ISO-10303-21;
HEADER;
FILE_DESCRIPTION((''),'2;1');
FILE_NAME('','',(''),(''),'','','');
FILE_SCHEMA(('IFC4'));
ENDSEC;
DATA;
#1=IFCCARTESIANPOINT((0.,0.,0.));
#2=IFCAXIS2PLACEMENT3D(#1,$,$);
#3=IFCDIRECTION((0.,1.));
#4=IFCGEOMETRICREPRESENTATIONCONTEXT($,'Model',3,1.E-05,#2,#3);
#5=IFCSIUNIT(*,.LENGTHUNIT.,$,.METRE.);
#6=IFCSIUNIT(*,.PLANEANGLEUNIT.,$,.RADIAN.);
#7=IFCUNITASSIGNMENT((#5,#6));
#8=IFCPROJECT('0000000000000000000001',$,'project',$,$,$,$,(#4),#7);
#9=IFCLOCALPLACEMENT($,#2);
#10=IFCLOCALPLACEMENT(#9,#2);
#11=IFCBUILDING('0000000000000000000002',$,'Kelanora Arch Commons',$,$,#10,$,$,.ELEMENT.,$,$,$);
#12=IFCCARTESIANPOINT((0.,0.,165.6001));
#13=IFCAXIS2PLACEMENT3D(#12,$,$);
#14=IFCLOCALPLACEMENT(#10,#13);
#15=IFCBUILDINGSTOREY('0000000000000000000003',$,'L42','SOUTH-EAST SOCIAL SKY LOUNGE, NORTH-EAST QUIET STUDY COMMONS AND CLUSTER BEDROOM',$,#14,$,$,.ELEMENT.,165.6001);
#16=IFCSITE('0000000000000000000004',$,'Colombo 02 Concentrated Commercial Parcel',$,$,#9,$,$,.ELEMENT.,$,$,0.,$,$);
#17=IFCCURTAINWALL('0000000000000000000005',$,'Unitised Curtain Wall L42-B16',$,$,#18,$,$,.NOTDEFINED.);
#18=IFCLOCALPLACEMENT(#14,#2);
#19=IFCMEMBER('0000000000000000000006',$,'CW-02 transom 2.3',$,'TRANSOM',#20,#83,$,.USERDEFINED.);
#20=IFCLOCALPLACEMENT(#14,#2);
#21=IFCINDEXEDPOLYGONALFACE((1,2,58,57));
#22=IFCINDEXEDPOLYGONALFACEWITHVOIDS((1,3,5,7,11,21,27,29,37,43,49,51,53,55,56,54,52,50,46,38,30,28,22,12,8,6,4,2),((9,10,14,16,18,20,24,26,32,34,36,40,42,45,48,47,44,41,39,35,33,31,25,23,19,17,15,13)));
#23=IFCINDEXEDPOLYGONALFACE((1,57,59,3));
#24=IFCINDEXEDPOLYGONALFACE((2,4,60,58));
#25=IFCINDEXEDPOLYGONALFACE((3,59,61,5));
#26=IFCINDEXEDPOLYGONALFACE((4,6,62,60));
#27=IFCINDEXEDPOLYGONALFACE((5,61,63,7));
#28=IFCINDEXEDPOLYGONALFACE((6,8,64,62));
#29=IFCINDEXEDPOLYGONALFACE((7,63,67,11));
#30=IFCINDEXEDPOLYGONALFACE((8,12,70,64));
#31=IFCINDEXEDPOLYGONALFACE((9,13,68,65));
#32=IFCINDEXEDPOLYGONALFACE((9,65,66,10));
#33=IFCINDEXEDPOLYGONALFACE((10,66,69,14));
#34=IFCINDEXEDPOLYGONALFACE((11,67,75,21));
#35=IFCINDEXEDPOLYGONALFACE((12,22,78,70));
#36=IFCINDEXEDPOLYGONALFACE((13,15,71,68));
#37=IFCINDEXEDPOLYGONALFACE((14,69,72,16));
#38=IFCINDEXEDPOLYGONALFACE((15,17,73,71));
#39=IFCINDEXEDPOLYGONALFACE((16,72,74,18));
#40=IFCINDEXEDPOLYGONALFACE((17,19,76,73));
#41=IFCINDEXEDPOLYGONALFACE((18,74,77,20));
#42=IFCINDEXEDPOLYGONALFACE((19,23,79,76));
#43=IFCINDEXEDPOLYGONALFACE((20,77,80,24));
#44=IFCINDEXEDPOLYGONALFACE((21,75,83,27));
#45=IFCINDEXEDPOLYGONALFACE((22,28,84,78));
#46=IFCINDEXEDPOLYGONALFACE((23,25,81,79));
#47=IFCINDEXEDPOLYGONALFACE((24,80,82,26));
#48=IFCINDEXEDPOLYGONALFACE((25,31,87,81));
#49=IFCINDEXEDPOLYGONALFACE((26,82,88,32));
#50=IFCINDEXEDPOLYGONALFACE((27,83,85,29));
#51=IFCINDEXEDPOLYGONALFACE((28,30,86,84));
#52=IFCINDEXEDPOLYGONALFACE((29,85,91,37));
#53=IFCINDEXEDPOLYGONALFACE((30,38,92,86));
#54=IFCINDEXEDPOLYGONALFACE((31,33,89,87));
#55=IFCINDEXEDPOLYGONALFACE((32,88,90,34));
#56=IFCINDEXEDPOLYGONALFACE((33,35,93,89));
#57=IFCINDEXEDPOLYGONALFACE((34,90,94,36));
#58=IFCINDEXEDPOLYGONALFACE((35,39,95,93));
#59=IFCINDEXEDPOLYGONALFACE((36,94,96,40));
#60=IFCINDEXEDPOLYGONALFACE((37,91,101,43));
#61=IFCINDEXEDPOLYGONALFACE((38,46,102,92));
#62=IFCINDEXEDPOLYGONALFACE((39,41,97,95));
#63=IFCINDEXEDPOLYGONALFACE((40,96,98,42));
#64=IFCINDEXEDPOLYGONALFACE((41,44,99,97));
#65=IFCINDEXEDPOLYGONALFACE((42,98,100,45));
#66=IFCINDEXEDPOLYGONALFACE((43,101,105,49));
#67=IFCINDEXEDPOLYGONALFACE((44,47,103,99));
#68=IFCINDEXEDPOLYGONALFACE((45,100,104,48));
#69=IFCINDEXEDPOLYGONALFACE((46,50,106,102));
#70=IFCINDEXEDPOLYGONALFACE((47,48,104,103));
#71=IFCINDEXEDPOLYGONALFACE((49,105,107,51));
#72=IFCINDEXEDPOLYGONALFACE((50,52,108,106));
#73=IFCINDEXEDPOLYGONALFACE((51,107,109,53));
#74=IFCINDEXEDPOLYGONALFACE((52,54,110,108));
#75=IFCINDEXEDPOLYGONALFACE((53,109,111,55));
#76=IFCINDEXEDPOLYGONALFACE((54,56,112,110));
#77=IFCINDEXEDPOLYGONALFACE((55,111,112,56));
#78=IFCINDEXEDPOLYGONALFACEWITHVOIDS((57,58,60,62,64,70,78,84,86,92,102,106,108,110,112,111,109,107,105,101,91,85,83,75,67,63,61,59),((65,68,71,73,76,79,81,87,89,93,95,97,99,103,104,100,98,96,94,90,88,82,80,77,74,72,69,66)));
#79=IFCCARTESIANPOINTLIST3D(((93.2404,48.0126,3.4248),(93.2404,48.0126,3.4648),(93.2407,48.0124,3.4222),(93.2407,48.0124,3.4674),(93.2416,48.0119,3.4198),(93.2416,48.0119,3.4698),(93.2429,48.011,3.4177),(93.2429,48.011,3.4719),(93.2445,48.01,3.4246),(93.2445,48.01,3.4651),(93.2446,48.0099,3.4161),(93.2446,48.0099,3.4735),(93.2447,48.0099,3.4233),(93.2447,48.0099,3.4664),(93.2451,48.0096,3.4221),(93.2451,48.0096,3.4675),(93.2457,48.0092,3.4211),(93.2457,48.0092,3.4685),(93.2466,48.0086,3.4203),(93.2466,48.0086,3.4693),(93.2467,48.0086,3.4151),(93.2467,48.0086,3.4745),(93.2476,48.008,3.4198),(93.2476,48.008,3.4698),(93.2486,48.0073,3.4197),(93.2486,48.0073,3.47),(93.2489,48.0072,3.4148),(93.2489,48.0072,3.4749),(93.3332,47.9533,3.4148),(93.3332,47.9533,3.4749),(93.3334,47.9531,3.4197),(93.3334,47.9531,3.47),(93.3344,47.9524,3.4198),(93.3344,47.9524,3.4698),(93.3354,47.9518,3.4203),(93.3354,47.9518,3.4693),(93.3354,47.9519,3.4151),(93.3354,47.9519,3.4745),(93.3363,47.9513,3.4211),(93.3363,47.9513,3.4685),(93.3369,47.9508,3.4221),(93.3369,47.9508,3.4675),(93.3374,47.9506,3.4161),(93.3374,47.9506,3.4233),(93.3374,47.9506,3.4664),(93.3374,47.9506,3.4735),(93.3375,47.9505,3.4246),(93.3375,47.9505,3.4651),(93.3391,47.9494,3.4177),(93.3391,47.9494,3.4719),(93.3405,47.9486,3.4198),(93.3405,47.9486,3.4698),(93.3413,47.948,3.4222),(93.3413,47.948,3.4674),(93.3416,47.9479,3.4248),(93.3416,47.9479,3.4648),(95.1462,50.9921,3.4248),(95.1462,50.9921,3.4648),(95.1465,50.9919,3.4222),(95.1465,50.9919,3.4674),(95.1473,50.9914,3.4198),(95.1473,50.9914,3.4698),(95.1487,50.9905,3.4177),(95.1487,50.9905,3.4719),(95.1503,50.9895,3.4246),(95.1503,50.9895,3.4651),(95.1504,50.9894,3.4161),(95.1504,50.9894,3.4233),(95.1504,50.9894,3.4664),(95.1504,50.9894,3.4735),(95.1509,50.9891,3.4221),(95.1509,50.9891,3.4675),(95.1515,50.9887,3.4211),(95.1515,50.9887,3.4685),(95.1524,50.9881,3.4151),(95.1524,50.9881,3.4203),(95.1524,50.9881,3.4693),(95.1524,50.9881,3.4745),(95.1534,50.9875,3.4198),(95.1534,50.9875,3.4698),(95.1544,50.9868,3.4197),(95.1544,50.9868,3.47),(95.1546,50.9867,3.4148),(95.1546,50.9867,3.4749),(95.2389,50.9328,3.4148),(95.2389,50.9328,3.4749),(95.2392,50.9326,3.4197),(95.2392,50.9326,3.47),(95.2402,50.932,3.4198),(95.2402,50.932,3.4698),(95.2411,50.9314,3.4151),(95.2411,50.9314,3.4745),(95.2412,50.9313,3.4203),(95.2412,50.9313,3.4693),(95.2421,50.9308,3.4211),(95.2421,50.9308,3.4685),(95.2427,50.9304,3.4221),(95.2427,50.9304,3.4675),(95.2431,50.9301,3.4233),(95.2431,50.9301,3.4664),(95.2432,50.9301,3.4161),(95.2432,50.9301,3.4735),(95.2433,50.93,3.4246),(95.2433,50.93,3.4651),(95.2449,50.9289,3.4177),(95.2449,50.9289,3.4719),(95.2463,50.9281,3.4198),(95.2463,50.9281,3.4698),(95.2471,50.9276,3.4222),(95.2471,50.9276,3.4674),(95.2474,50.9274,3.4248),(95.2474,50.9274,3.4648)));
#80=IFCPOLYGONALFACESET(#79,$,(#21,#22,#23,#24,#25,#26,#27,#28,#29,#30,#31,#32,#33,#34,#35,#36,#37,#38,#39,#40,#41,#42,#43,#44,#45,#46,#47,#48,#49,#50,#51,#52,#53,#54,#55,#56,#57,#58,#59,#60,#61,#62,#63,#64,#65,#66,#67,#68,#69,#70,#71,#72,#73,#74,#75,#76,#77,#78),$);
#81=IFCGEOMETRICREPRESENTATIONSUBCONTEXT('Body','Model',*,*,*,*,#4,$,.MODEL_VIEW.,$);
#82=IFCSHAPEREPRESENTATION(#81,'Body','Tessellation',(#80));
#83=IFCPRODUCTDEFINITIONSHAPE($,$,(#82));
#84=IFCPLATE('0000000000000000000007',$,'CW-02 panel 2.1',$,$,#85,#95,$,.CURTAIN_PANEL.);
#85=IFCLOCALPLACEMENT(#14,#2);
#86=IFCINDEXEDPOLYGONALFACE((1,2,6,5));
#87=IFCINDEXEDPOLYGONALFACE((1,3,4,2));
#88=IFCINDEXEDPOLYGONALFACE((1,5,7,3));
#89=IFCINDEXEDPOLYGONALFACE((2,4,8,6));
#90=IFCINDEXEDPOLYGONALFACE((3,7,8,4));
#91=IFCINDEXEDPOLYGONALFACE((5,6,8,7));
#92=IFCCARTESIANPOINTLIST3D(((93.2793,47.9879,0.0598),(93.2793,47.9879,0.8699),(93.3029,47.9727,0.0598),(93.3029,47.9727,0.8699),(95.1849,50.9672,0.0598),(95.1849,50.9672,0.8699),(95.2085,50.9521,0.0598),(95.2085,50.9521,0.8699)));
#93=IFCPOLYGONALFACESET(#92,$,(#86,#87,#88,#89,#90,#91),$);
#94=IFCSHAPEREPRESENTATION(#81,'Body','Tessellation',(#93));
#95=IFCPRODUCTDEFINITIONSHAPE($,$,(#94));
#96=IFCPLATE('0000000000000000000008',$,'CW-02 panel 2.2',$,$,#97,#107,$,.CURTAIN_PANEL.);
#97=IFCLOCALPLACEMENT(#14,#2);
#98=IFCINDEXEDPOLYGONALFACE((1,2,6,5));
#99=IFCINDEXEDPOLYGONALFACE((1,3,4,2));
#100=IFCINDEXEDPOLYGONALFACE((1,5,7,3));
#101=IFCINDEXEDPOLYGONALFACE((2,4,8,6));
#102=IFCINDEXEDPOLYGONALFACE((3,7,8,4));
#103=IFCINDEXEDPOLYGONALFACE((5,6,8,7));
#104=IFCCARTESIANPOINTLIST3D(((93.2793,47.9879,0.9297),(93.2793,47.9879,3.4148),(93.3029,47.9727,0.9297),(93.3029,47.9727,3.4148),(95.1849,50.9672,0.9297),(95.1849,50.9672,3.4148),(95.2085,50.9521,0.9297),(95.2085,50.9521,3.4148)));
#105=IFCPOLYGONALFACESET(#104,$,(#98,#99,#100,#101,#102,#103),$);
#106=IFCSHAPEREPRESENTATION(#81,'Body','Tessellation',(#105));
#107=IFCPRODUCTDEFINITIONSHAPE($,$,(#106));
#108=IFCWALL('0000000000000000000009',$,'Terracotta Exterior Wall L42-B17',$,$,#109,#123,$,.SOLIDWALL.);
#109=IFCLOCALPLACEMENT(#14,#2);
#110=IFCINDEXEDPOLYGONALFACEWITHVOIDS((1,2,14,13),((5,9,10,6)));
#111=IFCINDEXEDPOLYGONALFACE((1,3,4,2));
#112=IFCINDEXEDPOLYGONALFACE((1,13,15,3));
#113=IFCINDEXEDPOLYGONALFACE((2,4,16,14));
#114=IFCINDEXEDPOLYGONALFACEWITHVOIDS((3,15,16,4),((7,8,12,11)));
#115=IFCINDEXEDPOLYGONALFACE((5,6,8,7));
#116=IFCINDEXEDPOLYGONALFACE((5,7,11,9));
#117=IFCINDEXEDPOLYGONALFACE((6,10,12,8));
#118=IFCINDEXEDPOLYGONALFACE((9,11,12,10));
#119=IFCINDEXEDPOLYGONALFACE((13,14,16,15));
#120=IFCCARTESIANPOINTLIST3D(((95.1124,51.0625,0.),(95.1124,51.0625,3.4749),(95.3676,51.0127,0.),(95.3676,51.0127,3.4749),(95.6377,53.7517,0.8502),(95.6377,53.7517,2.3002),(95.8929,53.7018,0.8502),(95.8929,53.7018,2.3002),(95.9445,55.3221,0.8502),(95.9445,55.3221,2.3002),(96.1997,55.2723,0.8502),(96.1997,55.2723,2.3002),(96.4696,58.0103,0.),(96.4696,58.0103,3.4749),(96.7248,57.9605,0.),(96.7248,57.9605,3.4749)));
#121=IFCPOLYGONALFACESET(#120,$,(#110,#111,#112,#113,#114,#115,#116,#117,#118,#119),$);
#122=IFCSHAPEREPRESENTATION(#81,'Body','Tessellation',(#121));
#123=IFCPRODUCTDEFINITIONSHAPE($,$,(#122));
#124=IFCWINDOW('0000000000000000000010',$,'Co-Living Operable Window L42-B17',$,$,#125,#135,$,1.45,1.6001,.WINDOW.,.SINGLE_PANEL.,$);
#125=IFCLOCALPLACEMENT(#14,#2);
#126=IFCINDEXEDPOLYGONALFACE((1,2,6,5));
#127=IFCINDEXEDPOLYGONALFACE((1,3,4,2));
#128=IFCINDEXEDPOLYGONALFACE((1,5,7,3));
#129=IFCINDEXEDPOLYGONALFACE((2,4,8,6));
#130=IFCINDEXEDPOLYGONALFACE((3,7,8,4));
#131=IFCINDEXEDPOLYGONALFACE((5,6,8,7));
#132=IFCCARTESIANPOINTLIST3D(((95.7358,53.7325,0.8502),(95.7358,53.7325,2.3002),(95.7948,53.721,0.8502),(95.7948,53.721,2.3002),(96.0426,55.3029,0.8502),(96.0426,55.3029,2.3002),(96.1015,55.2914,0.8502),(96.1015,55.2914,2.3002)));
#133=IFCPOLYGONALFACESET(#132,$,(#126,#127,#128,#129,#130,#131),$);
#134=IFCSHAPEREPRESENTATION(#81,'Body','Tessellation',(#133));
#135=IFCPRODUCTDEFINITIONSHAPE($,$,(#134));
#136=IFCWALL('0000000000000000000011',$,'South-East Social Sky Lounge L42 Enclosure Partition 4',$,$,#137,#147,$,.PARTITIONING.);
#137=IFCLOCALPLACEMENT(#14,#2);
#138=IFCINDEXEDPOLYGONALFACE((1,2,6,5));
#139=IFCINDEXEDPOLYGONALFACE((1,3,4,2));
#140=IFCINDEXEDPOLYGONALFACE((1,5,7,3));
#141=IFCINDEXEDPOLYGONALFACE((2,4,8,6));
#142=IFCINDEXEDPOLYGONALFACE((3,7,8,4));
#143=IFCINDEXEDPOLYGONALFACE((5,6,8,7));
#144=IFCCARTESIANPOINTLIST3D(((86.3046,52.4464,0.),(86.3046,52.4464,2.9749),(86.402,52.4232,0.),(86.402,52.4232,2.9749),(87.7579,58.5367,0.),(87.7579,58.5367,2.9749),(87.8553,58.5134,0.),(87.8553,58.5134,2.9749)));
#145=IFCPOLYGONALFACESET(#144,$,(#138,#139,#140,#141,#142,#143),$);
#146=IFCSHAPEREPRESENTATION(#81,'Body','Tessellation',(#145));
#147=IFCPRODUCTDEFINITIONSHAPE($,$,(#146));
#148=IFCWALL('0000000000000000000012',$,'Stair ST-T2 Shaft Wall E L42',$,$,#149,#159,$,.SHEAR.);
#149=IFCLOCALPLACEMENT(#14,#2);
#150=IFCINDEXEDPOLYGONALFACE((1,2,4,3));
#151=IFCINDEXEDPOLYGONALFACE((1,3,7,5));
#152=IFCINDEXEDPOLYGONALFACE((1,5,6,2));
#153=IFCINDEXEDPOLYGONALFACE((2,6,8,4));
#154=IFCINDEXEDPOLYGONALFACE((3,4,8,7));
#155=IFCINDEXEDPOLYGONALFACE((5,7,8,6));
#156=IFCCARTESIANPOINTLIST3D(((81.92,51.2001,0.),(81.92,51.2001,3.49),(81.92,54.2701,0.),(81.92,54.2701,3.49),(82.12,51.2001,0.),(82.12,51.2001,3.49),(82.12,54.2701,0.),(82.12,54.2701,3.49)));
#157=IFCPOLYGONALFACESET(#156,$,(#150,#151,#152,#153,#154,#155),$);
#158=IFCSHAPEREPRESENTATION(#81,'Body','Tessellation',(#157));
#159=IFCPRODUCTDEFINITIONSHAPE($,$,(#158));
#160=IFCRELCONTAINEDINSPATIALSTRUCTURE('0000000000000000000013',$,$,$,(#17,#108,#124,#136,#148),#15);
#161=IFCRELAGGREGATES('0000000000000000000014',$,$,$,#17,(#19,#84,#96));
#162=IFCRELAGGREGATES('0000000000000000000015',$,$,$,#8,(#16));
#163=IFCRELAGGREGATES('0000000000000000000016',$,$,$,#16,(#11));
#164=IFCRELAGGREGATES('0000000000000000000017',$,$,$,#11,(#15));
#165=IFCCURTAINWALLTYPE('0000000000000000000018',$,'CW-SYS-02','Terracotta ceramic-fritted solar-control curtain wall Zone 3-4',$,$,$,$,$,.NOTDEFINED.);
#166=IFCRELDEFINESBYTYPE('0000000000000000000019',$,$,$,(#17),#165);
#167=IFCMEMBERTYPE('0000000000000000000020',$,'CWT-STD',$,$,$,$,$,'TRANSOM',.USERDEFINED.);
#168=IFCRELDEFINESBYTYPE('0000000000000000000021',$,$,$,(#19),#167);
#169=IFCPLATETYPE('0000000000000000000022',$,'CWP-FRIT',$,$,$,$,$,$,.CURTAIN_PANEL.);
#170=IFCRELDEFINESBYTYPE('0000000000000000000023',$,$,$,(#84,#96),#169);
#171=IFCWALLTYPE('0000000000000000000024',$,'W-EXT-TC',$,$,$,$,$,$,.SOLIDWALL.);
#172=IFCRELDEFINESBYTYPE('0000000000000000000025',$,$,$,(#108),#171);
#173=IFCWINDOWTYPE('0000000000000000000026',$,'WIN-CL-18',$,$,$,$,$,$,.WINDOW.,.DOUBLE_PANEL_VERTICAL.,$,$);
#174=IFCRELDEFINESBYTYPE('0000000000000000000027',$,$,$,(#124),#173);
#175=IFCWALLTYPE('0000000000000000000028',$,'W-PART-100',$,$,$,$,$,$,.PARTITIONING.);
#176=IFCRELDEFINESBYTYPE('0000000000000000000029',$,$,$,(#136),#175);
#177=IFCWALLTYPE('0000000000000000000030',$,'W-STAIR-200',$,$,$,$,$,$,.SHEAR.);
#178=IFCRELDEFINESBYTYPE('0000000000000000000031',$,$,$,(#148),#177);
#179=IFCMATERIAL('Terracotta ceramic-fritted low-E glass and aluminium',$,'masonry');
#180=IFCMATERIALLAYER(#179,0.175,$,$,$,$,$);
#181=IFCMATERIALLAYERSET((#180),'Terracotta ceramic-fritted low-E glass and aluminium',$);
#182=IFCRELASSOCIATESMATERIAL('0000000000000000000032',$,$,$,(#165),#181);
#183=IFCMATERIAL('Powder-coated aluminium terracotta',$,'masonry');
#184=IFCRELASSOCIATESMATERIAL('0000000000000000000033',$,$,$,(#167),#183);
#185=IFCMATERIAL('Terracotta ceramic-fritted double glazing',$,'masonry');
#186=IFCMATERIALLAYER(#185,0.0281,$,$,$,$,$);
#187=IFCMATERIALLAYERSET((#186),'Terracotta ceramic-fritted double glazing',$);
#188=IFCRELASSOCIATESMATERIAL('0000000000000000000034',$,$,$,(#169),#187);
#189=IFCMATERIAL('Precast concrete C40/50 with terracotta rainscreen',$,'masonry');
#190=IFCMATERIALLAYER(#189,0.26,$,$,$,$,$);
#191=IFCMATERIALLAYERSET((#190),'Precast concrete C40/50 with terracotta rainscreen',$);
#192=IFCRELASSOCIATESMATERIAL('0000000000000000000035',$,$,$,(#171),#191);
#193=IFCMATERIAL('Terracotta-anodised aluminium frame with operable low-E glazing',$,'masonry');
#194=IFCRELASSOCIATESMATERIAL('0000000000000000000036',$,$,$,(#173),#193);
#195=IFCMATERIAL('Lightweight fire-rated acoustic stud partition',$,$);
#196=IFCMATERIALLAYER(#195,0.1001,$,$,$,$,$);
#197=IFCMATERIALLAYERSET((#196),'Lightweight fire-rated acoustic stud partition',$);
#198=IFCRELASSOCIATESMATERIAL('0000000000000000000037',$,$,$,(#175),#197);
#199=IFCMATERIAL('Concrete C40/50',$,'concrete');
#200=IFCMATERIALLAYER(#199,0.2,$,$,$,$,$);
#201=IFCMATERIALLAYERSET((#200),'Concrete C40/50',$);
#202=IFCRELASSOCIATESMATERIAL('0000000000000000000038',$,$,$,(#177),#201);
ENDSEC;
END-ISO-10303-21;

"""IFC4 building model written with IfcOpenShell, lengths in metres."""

from ifc_helpers import new_model, si_unit, direction, frame, frame_2d, origin, origin_2d, place, context, subcontext, project, spatial, rectangle, hollow_rectangle, extrude, source, transform, mapped, material, layer, layer_set, material_profile, profile_set, type_object, element, fill, aggregate, save


model = new_model("IFC4")

# Units and contexts
model_context = context("Model", 3, precision=1e-05, world=origin(), true_north=direction((0.0, 1.0)))
body_context = subcontext(model_context, "Body", "Model", "MODEL_VIEW")
ifc_project = project(units=[si_unit("LENGTHUNIT", "METRE"), si_unit("PLANEANGLEUNIT", "RADIAN")], contexts=[model_context])

# Site, building, storey
site_placement = place(None, origin())
site = spatial("IfcSite", under=ifc_project, at=site_placement, Name="Colombo 02 Concentrated Commercial Parcel", CompositionType="ELEMENT", RefElevation=0.0)
building_placement = place(site_placement, origin())
building = spatial("IfcBuilding", under=site, at=building_placement, Name="Kelanora Arch Commons", CompositionType="ELEMENT")
storey_placement = place(building_placement, frame((0.0, 0.0, 165.6001)))
storey = spatial("IfcBuildingStorey", under=building, at=storey_placement, Name="L42", Description="SOUTH-EAST SOCIAL SKY LOUNGE, NORTH-EAST QUIET STUDY COMMONS AND CLUSTER BEDROOM", CompositionType="ELEMENT", Elevation=165.6001)

# Curtain wall, member, plates
ifc_material_1 = material(Name="Terracotta ceramic-fritted low-E glass and aluminium", Category="masonry")
ifc_layer_1 = layer(ifc_material_1, 0.175)
ifc_layer_set_1 = layer_set([ifc_layer_1], Name="Terracotta ceramic-fritted low-E glass and aluminium")
curtain_wall_type = type_object("IfcCurtainWallType", Name="CW-SYS-02", Description="Terracotta ceramic-fritted solar-control curtain wall Zone 3-4", PredefinedType="NOTDEFINED", material=ifc_layer_set_1)
curtain_wall_placement = place(storey_placement, origin())
curtain_wall = element("IfcCurtainWall", 1, at=curtain_wall_placement, inside=storey, type_object=curtain_wall_type, Name="Unitised Curtain Wall L42-B16", PredefinedType="NOTDEFINED")
ifc_material_2 = material(Name="Powder-coated aluminium terracotta", Category="masonry")
ifc_material_profile_1 = material_profile(ifc_material_2, hollow_rectangle(XDim=0.1201, YDim=0.0601, WallThickness=0.0049, InnerFilletRadius=0.0049, OuterFilletRadius=0.01, at=origin_2d()), Name="CWT120x60")
ifc_profile_set_1 = profile_set([ifc_material_profile_1], Name="Powder-coated aluminium terracotta")
member_type_1 = type_object("IfcMemberType", Name="CWT-STD", ElementType="TRANSOM", PredefinedType="USERDEFINED", material=ifc_profile_set_1)
member_1_placement = place(storey_placement, frame((93.291, 47.9802, 3.4448), z_axis=(0.53883, 0.842414, 0.0), x_axis=(-0.842414, 0.53883, 0.0)))
member_1 = element("IfcMember", 2, at=member_1_placement, type_object=member_type_1, Name="CW-02 transom 2.3", ObjectType="TRANSOM", PredefinedType="USERDEFINED", context=body_context, shape_type="SweptSolid", body=[
    extrude(hollow_rectangle(XDim=0.1201, YDim=0.0601, WallThickness=0.0049, InnerFilletRadius=0.0049, OuterFilletRadius=0.01, at=origin_2d()), origin(), (0.0, 0.0, 1.0), 3.5369),
])
ifc_material_3 = material(Name="Terracotta ceramic-fritted double glazing", Category="masonry")
ifc_layer_2 = layer(ifc_material_3, 0.0281)
ifc_layer_set_2 = layer_set([ifc_layer_2], Name="Terracotta ceramic-fritted double glazing")
plate_type = type_object("IfcPlateType", Name="CWP-FRIT", PredefinedType="CURTAIN_PANEL", material=ifc_layer_set_2)
shared_shape_1 = source(origin(), body_context, "Body", "SweptSolid", [
    extrude(rectangle(XDim=3.5366, YDim=0.0281, at=origin_2d()), origin(), (0.0, 0.0, 1.0), 0.8101),
])
plate_1_placement = place(storey_placement, frame((94.2439, 49.47, 0.0598), z_axis=(0.0, 0.0, 1.0), x_axis=(0.538817, 0.842423, 0.0)))
plate_1 = element("IfcPlate", 3, at=plate_1_placement, type_object=plate_type, Name="CW-02 panel 2.1", PredefinedType="CURTAIN_PANEL", context=body_context, shape_type="MappedRepresentation", body=[
    mapped(shared_shape_1, transform((0.0, 0.0, 0.0), scale=1.0)),
])
shared_shape_2 = source(origin(), body_context, "Body", "SweptSolid", [
    extrude(rectangle(XDim=3.5366, YDim=0.0281, at=origin_2d()), origin(), (0.0, 0.0, 1.0), 2.4851),
])
plate_2_placement = place(storey_placement, frame((94.2439, 49.47, 0.9297), z_axis=(0.0, 0.0, 1.0), x_axis=(0.538817, 0.842423, 0.0)))
plate_2 = element("IfcPlate", 4, at=plate_2_placement, type_object=plate_type, Name="CW-02 panel 2.2", PredefinedType="CURTAIN_PANEL", context=body_context, shape_type="MappedRepresentation", body=[
    mapped(shared_shape_2, transform((0.0, 0.0, 0.0), scale=1.0)),
])
aggregate(curtain_wall, [member_1, plate_1, plate_2])

# Wall, opening, window
ifc_material_4 = material(Name="Precast concrete C40/50 with terracotta rainscreen", Category="masonry")
ifc_layer_3 = layer(ifc_material_4, 0.26)
ifc_layer_set_3 = layer_set([ifc_layer_3], Name="Precast concrete C40/50 with terracotta rainscreen")
wall_type_1 = type_object("IfcWallType", Name="W-EXT-TC", PredefinedType="SOLIDWALL", material=ifc_layer_set_3)
wall_1_placement = place(storey_placement, frame((95.24, 51.0376, 0.0), z_axis=(0.0, 0.0, 1.0), x_axis=(0.191717, 0.98145, 0.0)))
wall_1 = element("IfcWall", 5, at=wall_1_placement, inside=storey, type_object=wall_type_1, Name="Terracotta Exterior Wall L42-B17", PredefinedType="SOLIDWALL", context=body_context, shape_type="SweptSolid", body=[
    extrude(rectangle(XDim=7.0791, YDim=0.26, at=frame_2d((3.5396, 0.0))), origin(), (0.0, 0.0, 1.0), 3.4749),
])
opening_1_placement = place(wall_1_placement, frame((2.74, 0.0, 0.8501)))
opening_1 = element("IfcOpeningElement", 6, at=opening_1_placement, cuts=wall_1, PredefinedType="OPENING", context=body_context, shape_type="SweptSolid", body=[
    extrude(rectangle(XDim=1.6001, YDim=1.45, at=frame_2d((0.8, 0.7251))), frame((0.0, 0.1401, 0.0), z_axis=(0.0, -1.0, 0.0), x_axis=(1.0, 0.0, 0.0)), (0.0, 0.0, 1.0), 0.28),
])
ifc_material_5 = material(Name="Terracotta-anodised aluminium frame with operable low-E glazing", Category="masonry")
window_type = type_object("IfcWindowType", Name="WIN-CL-18", PartitioningType="DOUBLE_PANEL_VERTICAL", PredefinedType="WINDOW", material=ifc_material_5)
window_placement = place(opening_1_placement, origin())
window = element("IfcWindow", 7, at=window_placement, inside=storey, type_object=window_type, Name="Co-Living Operable Window L42-B17", OverallHeight=1.45, OverallWidth=1.6001, PartitioningType="SINGLE_PANEL", PredefinedType="WINDOW", context=body_context, shape_type="SweptSolid", body=[
    extrude(rectangle(XDim=1.6001, YDim=1.45, at=frame_2d((0.8, 0.7251))), frame((0.0, 0.03, 0.0), z_axis=(0.0, -1.0, 0.0), x_axis=(1.0, 0.0, 0.0)), (0.0, 0.0, 1.0), 0.0601),
])
fill(opening_1, window)

# Walls
ifc_material_6 = material(Name="Lightweight fire-rated acoustic stud partition")
ifc_layer_4 = layer(ifc_material_6, 0.1001)
ifc_layer_set_4 = layer_set([ifc_layer_4], Name="Lightweight fire-rated acoustic stud partition")
wall_type_2 = type_object("IfcWallType", Name="W-PART-100", PredefinedType="PARTITIONING", material=ifc_layer_set_4)
wall_2_placement = place(storey_placement, frame((86.3533, 52.4348, 0.0), z_axis=(0.0, 0.0, 1.0), x_axis=(0.232118, 0.972688, 0.0)))
element("IfcWall", 8, at=wall_2_placement, inside=storey, type_object=wall_type_2, Name="South-East Social Sky Lounge L42 Enclosure Partition 4", PredefinedType="PARTITIONING", context=body_context, shape_type="SweptSolid", body=[
    extrude(rectangle(XDim=6.2612, YDim=0.1001, at=frame_2d((3.1306, 0.0))), origin(), (0.0, 0.0, 1.0), 2.9749),
])
ifc_material_7 = material(Name="Concrete C40/50", Category="concrete")
ifc_layer_5 = layer(ifc_material_7, 0.2)
ifc_layer_set_5 = layer_set([ifc_layer_5], Name="Concrete C40/50")
wall_type_3 = type_object("IfcWallType", Name="W-STAIR-200", PredefinedType="SHEAR", material=ifc_layer_set_5)
wall_3_placement = place(storey_placement, frame((82.02, 51.2, 0.0), z_axis=(0.0, 0.0, 1.0), x_axis=(0.0, 1.0, 0.0)))
element("IfcWall", 9, at=wall_3_placement, inside=storey, type_object=wall_type_3, Name="Stair ST-T2 Shaft Wall E L42", PredefinedType="SHEAR", context=body_context, shape_type="SweptSolid", body=[
    extrude(rectangle(XDim=3.0701, YDim=0.2, at=frame_2d((1.5352, 0.0))), origin(), (0.0, 0.0, 1.0), 3.49),
])

save(model, "model.ifc")
